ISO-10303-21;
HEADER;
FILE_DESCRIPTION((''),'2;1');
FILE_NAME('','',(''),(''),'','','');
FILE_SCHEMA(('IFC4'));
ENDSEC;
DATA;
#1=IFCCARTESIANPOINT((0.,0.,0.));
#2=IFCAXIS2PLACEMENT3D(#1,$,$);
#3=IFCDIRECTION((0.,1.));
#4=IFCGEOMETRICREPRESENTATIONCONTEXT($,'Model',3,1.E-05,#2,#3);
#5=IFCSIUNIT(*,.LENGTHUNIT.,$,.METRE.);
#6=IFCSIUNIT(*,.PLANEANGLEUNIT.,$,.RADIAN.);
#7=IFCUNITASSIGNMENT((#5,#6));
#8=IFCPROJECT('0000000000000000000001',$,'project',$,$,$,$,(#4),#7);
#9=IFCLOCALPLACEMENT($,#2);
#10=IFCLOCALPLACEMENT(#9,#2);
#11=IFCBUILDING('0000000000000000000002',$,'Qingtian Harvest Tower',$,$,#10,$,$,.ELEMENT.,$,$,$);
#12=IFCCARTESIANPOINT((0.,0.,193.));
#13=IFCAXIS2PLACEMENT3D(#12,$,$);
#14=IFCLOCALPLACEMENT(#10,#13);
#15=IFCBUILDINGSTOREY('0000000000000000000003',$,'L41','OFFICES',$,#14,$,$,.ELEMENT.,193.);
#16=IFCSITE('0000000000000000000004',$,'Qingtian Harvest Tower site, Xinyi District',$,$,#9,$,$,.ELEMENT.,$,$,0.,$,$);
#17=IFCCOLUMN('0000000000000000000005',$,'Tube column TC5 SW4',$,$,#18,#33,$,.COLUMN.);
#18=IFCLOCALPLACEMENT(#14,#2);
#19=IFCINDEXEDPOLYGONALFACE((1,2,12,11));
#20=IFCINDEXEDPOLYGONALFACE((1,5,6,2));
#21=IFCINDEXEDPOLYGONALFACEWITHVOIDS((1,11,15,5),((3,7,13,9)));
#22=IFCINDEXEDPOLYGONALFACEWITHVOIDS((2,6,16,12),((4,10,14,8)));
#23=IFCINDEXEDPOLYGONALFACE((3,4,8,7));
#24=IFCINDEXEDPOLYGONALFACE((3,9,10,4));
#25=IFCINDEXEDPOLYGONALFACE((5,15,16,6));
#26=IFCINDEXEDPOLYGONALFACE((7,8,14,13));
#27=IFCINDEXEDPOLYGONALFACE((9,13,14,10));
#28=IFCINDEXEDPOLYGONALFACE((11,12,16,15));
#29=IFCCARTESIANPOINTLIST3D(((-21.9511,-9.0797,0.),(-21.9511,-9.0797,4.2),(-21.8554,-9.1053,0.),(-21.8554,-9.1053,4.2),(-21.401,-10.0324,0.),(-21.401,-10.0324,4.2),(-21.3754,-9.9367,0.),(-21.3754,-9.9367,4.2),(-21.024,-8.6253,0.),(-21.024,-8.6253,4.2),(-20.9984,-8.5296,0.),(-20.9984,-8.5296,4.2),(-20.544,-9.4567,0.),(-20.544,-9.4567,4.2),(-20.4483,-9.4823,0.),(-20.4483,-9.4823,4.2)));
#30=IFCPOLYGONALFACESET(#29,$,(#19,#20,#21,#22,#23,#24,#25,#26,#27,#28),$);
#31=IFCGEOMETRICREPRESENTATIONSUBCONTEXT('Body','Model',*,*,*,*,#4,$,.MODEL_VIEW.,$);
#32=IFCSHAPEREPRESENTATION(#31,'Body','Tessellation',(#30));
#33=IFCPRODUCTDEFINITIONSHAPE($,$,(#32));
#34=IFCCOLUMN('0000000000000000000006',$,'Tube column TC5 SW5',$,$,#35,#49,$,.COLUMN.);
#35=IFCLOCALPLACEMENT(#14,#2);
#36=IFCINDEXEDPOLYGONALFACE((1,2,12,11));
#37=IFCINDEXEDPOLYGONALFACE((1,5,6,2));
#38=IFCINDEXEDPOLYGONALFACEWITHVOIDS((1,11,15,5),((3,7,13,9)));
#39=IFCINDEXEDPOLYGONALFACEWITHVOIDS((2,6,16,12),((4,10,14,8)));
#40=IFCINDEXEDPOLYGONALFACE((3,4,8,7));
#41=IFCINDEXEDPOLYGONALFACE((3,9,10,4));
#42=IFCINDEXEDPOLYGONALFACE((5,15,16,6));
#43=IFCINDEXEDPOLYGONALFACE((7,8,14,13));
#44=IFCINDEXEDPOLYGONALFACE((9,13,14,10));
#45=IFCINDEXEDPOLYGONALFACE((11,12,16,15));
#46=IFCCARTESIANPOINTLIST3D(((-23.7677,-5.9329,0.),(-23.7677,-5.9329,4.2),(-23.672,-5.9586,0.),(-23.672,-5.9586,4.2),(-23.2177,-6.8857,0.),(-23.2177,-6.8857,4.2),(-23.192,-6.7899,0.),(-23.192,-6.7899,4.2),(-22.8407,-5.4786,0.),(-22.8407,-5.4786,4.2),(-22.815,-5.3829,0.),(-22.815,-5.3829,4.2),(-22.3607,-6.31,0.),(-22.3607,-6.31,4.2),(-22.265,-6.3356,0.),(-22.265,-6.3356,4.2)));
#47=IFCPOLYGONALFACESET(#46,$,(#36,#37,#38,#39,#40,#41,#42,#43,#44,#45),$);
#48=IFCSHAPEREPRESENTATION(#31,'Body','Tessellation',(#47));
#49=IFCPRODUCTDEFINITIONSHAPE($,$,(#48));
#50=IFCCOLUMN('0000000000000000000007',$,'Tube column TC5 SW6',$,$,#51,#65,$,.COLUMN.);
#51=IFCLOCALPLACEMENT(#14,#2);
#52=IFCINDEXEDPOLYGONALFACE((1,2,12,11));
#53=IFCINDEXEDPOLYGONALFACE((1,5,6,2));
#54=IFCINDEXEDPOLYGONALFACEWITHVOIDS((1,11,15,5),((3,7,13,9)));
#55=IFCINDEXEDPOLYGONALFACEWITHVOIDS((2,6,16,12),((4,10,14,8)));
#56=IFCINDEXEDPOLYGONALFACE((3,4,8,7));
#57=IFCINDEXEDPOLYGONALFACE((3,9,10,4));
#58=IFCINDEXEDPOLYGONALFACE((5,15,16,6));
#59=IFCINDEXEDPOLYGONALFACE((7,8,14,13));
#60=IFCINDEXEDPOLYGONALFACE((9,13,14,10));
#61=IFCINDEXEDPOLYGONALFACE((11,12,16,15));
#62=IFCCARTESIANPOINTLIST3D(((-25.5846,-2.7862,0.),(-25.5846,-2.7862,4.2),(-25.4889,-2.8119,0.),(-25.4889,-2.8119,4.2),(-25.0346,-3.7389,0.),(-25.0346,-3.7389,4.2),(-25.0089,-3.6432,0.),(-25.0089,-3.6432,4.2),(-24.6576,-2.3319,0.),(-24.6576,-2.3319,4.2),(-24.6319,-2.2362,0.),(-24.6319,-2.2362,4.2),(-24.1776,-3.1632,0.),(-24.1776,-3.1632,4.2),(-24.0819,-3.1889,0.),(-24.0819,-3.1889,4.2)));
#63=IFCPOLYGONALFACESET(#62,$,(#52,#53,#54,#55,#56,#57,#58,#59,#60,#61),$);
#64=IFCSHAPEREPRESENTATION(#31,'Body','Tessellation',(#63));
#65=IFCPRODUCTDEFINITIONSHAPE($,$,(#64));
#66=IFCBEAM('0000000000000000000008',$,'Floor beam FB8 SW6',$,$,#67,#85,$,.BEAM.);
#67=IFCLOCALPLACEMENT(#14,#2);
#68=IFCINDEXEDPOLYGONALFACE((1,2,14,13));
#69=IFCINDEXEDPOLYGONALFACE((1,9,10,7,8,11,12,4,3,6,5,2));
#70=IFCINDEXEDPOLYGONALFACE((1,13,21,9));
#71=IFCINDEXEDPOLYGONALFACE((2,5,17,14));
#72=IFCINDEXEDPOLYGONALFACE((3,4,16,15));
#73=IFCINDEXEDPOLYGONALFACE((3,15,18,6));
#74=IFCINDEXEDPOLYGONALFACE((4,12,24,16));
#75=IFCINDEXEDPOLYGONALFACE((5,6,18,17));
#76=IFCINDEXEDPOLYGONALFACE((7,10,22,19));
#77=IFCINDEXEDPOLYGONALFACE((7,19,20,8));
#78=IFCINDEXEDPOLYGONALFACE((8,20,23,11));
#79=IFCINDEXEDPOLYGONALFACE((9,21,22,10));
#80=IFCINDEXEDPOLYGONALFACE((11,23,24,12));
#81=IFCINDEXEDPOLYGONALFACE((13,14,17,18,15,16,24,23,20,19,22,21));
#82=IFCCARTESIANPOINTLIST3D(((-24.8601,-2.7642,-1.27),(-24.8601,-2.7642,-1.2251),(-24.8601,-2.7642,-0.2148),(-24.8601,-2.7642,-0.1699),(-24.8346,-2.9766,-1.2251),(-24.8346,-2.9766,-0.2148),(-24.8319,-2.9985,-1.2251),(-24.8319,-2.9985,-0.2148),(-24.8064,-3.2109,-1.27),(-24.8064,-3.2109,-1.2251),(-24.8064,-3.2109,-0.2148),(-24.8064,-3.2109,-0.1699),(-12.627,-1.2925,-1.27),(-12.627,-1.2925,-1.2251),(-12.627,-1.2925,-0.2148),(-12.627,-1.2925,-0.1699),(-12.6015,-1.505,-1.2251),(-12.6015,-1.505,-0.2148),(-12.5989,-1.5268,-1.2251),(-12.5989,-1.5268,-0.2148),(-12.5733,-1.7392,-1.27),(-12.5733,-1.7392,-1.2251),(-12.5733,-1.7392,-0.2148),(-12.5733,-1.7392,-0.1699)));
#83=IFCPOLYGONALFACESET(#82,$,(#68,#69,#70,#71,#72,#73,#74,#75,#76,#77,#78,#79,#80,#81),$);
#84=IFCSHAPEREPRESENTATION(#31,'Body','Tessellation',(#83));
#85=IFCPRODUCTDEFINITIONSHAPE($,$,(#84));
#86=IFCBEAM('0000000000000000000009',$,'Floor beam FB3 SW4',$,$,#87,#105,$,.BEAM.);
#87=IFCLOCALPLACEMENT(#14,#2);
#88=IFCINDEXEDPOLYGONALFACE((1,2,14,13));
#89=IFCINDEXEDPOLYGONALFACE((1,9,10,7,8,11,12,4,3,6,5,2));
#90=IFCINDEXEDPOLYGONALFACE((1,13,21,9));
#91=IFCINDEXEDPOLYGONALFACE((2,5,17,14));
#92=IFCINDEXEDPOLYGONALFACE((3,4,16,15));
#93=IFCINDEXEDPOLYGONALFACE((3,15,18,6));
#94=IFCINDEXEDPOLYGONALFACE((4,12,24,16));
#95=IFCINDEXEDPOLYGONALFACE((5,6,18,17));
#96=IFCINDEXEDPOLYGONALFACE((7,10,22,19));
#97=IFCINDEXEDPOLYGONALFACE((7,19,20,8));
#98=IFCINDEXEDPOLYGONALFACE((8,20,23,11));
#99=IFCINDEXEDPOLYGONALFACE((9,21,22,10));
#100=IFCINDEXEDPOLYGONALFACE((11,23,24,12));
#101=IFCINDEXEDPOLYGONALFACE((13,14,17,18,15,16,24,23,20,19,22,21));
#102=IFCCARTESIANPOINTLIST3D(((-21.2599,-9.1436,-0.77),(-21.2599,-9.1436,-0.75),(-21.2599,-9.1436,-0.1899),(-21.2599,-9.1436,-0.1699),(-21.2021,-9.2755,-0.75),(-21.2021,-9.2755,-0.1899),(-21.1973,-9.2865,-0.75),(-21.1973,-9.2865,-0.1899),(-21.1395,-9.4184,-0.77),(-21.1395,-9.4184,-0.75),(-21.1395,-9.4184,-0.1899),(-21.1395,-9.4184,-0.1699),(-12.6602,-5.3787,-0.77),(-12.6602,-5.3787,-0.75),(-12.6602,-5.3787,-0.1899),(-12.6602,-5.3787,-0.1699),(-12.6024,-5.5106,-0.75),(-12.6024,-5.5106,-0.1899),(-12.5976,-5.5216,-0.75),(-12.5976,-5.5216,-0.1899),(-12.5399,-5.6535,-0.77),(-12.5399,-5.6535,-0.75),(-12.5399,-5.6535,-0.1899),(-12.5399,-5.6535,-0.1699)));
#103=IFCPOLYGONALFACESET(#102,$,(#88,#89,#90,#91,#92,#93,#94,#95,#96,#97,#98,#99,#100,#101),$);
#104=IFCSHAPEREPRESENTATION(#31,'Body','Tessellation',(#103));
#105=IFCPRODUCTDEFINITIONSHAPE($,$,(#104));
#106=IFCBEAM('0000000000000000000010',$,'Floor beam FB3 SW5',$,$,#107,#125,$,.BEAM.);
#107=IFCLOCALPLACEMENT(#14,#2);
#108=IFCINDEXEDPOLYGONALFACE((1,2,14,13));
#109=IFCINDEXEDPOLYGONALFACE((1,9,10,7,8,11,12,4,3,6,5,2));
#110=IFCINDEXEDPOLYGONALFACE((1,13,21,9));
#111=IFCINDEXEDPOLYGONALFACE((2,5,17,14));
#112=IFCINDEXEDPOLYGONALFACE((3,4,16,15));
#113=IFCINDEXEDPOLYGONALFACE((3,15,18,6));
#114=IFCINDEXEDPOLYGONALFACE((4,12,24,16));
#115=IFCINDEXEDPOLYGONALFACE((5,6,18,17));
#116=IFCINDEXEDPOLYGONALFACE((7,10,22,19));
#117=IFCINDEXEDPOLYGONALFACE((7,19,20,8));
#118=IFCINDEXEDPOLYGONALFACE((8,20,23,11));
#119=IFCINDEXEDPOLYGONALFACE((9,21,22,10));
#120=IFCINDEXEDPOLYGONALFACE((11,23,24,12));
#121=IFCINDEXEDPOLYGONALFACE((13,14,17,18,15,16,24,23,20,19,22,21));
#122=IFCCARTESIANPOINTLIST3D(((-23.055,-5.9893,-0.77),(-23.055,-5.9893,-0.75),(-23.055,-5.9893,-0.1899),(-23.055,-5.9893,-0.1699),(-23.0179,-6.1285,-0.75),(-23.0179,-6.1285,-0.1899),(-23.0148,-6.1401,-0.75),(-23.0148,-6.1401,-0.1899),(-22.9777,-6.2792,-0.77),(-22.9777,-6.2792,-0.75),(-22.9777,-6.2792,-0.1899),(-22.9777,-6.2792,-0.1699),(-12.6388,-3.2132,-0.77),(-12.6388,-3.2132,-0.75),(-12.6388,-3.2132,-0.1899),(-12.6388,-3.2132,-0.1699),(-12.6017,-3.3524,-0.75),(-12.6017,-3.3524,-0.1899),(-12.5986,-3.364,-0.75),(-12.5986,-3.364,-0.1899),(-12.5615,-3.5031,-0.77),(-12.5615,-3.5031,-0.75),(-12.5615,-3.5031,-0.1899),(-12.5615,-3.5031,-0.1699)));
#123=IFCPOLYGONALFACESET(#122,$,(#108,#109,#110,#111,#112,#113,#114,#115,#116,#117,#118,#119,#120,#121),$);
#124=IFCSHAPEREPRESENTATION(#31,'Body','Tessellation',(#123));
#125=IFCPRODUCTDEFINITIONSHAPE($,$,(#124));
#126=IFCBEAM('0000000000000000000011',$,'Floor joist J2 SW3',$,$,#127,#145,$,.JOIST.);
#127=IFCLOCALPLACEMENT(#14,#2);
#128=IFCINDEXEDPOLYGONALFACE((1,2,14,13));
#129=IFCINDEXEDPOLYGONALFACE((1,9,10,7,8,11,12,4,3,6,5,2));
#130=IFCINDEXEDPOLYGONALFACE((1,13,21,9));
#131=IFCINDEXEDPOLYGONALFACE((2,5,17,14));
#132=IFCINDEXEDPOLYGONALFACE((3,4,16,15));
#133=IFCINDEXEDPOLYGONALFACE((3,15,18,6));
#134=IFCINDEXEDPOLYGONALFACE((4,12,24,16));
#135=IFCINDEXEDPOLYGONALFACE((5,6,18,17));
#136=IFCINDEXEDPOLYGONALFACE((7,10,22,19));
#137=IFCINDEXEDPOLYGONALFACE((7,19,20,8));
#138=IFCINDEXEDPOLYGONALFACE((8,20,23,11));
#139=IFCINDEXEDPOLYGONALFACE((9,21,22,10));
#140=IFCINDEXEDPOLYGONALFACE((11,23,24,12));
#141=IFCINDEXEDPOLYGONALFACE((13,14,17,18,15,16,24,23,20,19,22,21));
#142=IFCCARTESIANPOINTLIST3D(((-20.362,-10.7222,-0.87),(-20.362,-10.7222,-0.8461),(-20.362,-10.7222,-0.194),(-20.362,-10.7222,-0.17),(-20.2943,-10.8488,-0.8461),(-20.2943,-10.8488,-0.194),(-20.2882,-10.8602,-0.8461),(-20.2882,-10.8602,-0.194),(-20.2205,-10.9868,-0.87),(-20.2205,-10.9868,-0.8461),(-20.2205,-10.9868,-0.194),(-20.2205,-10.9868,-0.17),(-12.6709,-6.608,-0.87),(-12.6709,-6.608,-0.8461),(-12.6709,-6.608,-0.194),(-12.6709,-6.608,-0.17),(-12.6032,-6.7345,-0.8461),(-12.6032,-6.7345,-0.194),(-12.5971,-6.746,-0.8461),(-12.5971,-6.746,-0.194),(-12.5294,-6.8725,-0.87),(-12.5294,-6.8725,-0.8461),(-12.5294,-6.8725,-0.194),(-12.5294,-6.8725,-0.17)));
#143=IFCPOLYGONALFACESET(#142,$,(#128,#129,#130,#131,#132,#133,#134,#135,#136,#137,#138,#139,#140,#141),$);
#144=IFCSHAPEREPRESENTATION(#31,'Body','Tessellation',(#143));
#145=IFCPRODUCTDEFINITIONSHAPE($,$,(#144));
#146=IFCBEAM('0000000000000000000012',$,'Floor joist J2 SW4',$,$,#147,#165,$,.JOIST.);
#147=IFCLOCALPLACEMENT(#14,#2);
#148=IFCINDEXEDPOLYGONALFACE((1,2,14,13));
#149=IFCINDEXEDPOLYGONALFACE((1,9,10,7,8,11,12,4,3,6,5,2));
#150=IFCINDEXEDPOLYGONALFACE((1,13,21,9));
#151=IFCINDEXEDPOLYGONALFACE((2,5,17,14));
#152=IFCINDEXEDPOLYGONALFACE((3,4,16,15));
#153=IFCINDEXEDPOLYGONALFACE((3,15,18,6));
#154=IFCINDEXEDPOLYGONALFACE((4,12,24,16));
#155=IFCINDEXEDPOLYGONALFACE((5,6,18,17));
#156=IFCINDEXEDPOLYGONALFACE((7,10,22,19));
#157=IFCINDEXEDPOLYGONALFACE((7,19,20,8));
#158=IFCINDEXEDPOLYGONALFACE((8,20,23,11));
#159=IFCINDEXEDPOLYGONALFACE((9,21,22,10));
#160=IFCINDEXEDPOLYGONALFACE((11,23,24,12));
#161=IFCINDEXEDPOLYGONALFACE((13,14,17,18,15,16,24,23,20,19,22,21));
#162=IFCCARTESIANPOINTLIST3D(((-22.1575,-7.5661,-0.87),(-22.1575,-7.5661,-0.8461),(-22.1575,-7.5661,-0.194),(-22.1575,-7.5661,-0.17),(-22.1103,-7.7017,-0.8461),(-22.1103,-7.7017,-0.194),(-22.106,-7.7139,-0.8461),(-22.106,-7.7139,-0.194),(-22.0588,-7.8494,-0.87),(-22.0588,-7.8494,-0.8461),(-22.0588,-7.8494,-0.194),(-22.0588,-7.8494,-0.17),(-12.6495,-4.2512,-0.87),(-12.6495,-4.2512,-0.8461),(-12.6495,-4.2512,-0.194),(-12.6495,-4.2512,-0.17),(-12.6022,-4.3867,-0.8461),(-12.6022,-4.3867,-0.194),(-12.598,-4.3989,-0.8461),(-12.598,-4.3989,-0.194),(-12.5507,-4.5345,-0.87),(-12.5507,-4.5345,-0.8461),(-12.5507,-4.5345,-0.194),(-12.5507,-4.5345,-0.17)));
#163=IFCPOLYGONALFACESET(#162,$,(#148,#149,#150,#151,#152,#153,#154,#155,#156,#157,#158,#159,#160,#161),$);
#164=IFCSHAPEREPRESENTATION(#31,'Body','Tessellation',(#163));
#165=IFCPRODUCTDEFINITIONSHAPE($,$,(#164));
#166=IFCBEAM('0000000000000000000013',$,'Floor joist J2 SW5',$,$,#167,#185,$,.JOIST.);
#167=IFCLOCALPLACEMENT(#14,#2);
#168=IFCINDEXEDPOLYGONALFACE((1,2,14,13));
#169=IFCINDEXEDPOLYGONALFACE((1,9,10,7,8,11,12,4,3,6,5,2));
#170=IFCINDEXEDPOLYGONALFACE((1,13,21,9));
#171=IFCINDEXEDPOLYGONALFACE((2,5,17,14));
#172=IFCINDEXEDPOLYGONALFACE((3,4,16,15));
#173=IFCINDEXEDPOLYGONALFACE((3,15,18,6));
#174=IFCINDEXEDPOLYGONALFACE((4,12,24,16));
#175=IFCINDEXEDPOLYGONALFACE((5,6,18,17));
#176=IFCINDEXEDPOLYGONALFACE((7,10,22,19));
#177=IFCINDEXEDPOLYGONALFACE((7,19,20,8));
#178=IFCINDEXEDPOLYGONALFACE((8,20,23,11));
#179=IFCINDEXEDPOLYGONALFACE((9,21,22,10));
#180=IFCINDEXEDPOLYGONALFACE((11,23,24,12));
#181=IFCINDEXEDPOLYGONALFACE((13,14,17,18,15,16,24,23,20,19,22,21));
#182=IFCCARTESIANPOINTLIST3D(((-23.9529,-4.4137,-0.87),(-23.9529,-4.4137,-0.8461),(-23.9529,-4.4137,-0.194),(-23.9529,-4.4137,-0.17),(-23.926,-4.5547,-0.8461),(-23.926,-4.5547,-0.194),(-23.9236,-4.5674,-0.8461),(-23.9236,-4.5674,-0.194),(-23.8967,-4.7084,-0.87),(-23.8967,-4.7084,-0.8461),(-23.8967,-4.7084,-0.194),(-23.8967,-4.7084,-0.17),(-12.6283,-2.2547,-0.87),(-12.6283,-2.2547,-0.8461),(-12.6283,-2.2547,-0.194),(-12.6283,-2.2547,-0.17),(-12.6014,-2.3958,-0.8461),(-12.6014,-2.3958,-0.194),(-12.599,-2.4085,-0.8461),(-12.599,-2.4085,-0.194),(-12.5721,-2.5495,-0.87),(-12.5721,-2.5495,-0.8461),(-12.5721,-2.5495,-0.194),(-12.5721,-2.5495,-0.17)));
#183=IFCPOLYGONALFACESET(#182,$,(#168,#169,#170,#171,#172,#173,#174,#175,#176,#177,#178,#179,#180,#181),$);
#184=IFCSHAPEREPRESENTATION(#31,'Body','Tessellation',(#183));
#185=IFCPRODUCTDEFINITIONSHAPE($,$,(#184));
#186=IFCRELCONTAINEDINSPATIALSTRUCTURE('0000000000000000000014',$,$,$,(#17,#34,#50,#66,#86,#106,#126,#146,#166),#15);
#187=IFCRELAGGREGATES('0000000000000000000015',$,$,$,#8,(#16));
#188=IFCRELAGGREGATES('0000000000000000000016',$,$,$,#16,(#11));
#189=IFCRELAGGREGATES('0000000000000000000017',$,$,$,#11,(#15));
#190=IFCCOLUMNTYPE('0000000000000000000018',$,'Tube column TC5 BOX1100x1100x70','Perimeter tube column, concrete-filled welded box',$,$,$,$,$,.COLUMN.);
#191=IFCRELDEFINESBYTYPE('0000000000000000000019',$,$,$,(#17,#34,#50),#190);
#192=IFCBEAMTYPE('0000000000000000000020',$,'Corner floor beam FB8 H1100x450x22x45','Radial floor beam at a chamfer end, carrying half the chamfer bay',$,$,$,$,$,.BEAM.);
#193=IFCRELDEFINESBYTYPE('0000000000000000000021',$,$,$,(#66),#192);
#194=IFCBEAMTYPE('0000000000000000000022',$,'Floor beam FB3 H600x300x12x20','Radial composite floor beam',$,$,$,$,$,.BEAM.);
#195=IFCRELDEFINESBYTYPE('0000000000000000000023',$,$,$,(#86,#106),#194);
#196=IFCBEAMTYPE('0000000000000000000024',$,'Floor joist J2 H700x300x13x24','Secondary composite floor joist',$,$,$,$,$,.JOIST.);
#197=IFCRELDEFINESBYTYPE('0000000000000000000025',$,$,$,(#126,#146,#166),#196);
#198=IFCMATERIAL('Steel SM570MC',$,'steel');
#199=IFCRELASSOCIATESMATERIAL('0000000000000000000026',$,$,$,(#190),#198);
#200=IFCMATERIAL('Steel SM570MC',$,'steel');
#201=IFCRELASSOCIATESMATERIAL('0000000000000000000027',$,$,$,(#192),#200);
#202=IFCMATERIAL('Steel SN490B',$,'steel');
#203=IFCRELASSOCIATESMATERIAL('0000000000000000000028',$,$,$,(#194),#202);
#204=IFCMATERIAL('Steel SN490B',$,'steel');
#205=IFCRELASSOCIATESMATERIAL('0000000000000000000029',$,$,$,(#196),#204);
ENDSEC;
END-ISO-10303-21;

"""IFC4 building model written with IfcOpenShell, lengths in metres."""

from ifc_helpers import new_model, si_unit, direction, frame, origin, origin_2d, place, context, subcontext, project, spatial, hollow_rectangle, i_section, extrude, material, material_profile, profile_set, type_object, element, save


model = new_model("IFC4")

# Units and contexts
model_context = context("Model", 3, precision=1e-05, world=origin(), true_north=direction((0.0, 1.0)))
body_context = subcontext(model_context, "Body", "Model", "MODEL_VIEW")
ifc_project = project(units=[si_unit("LENGTHUNIT", "METRE"), si_unit("PLANEANGLEUNIT", "RADIAN")], contexts=[model_context])

# Site, building, storey
site_placement = place(None, origin())
site = spatial("IfcSite", under=ifc_project, at=site_placement, Name="Qingtian Harvest Tower site, Xinyi District", CompositionType="ELEMENT", RefElevation=0.0)
building_placement = place(site_placement, origin())
building = spatial("IfcBuilding", under=site, at=building_placement, Name="Qingtian Harvest Tower", CompositionType="ELEMENT")
storey_placement = place(building_placement, frame((0.0, 0.0, 193.0)))
storey = spatial("IfcBuildingStorey", under=building, at=storey_placement, Name="L41", Description="OFFICES", CompositionType="ELEMENT", Elevation=193.0)

# Columns
ifc_material_1 = material(Name="Steel SM570MC", Category="steel")
ifc_material_profile_1 = material_profile(ifc_material_1, hollow_rectangle(XDim=1.1001, YDim=1.1001, WallThickness=0.0701, at=origin_2d()), Name="BOX1100x1100x70")
ifc_profile_set_1 = profile_set([ifc_material_profile_1], Name="Steel SM570MC")
column_type = type_object("IfcColumnType", Name="Tube column TC5 BOX1100x1100x70", Description="Perimeter tube column, concrete-filled welded box", PredefinedType="COLUMN", material=ifc_profile_set_1)
for number, where, z_axis, x_axis, name in (
    (1, (-21.1997, -9.281, 0.0), (0.0, 0.0, 1.0), (0.5, -0.866025, 0.0), "Tube column TC5 SW4"),
    (2, (-23.0164, -6.1343, 0.0), (0.0, 0.0, 1.0), (0.5, -0.866025, 0.0), "Tube column TC5 SW5"),
    (3, (-24.8333, -2.9875, 0.0), (0.0, 0.0, 1.0), (0.5, -0.866025, 0.0), "Tube column TC5 SW6"),
):
    element("IfcColumn", number, at=place(storey_placement, frame(where, z_axis=z_axis, x_axis=x_axis)), inside=storey, type_object=column_type, Name=name, PredefinedType="COLUMN", context=body_context, shape_type="SweptSolid", body=[
        extrude(hollow_rectangle(XDim=1.1001, YDim=1.1001, WallThickness=0.0701, at=origin_2d()), origin(), (0.0, 0.0, 1.0), 4.2),
    ])

# Beams
ifc_material_2 = material(Name="Steel SM570MC", Category="steel")
ifc_material_profile_2 = material_profile(ifc_material_2, i_section(OverallWidth=0.45, OverallDepth=1.1001, WebThickness=0.022, FlangeThickness=0.0449, at=origin_2d()), Name="H1100x450x22x45")
ifc_profile_set_2 = profile_set([ifc_material_profile_2], Name="Steel SM570MC")
beam_type_1 = type_object("IfcBeamType", Name="Corner floor beam FB8 H1100x450x22x45", Description="Radial floor beam at a chamfer end, carrying half the chamfer bay", PredefinedType="BEAM", material=ifc_profile_set_2)
beam_1_placement = place(storey_placement, frame((-24.8333, -2.9875, -0.72), z_axis=(0.992841, 0.119441, 0.0), x_axis=(-0.119441, 0.992841, 0.0)))
element("IfcBeam", 4, at=beam_1_placement, inside=storey, type_object=beam_type_1, Name="Floor beam FB8 SW6", PredefinedType="BEAM", context=body_context, shape_type="SweptSolid", body=[
    extrude(i_section(OverallWidth=0.45, OverallDepth=1.1001, WebThickness=0.022, FlangeThickness=0.0449, at=origin_2d()), origin(), (0.0, 0.0, 1.0), 12.3213),
])
ifc_material_3 = material(Name="Steel SN490B", Category="steel")
ifc_material_profile_3 = material_profile(ifc_material_3, i_section(OverallWidth=0.3, OverallDepth=0.6001, WebThickness=0.012, FlangeThickness=0.02, at=origin_2d()), Name="H600x300x12x20")
ifc_profile_set_3 = profile_set([ifc_material_profile_3], Name="Steel SN490B")
beam_type_2 = type_object("IfcBeamType", Name="Floor beam FB3 H600x300x12x20", Description="Radial composite floor beam", PredefinedType="BEAM", material=ifc_profile_set_3)
beam_2_placement = place(storey_placement, frame((-21.1997, -9.281, -0.47), z_axis=(0.916057, 0.401048, 0.0), x_axis=(-0.401048, 0.916057, 0.0)))
element("IfcBeam", 5, at=beam_2_placement, inside=storey, type_object=beam_type_2, Name="Floor beam FB3 SW4", PredefinedType="BEAM", context=body_context, shape_type="SweptSolid", body=[
    extrude(i_section(OverallWidth=0.3, OverallDepth=0.6001, WebThickness=0.012, FlangeThickness=0.02, at=origin_2d()), origin(), (0.0, 0.0, 1.0), 9.3877),
])
beam_3_placement = place(storey_placement, frame((-23.0164, -6.1343, -0.47), z_axis=(0.966271, 0.257529, 0.0), x_axis=(-0.257529, 0.966271, 0.0)))
element("IfcBeam", 6, at=beam_3_placement, inside=storey, type_object=beam_type_2, Name="Floor beam FB3 SW5", PredefinedType="BEAM", context=body_context, shape_type="SweptSolid", body=[
    extrude(i_section(OverallWidth=0.3, OverallDepth=0.6001, WebThickness=0.012, FlangeThickness=0.02, at=origin_2d()), origin(), (0.0, 0.0, 1.0), 10.7798),
])
ifc_material_4 = material(Name="Steel SN490B", Category="steel")
ifc_material_profile_4 = material_profile(ifc_material_4, i_section(OverallWidth=0.3, OverallDepth=0.7, WebThickness=0.0129, FlangeThickness=0.0239, at=origin_2d()), Name="H700x300x13x24")
ifc_profile_set_4 = profile_set([ifc_material_profile_4], Name="Steel SN490B")
beam_type_3 = type_object("IfcBeamType", Name="Floor joist J2 H700x300x13x24", Description="Secondary composite floor joist", PredefinedType="JOIST", material=ifc_profile_set_4)
beam_4_placement = place(storey_placement, frame((-20.2913, -10.8545, -0.52), z_axis=(0.881767, 0.471686, 0.0), x_axis=(-0.471686, 0.881767, 0.0)))
element("IfcBeam", 7, at=beam_4_placement, inside=storey, type_object=beam_type_3, Name="Floor joist J2 SW3", PredefinedType="JOIST", context=body_context, shape_type="SweptSolid", body=[
    extrude(i_section(OverallWidth=0.3, OverallDepth=0.7, WebThickness=0.0129, FlangeThickness=0.0239, at=origin_2d()), origin(), (0.0, 0.0, 1.0), 8.7224),
])
beam_5_placement = place(storey_placement, frame((-22.1082, -7.7078, -0.52), z_axis=(0.944256, 0.329211, 0.0), x_axis=(-0.329211, 0.944256, 0.0)))
element("IfcBeam", 8, at=beam_5_placement, inside=storey, type_object=beam_type_3, Name="Floor joist J2 SW4", PredefinedType="JOIST", context=body_context, shape_type="SweptSolid", body=[
    extrude(i_section(OverallWidth=0.3, OverallDepth=0.7, WebThickness=0.0129, FlangeThickness=0.0239, at=origin_2d()), origin(), (0.0, 0.0, 1.0), 10.0693),
])
beam_6_placement = place(storey_placement, frame((-23.9248, -4.561, -0.52), z_axis=(0.982309, 0.187267, 0.0), x_axis=(-0.187267, 0.982309, 0.0)))
element("IfcBeam", 9, at=beam_6_placement, inside=storey, type_object=beam_type_3, Name="Floor joist J2 SW5", PredefinedType="JOIST", context=body_context, shape_type="SweptSolid", body=[
    extrude(i_section(OverallWidth=0.3, OverallDepth=0.7, WebThickness=0.0129, FlangeThickness=0.0239, at=origin_2d()), origin(), (0.0, 0.0, 1.0), 11.5286),
])

save(model, "model.ifc")
